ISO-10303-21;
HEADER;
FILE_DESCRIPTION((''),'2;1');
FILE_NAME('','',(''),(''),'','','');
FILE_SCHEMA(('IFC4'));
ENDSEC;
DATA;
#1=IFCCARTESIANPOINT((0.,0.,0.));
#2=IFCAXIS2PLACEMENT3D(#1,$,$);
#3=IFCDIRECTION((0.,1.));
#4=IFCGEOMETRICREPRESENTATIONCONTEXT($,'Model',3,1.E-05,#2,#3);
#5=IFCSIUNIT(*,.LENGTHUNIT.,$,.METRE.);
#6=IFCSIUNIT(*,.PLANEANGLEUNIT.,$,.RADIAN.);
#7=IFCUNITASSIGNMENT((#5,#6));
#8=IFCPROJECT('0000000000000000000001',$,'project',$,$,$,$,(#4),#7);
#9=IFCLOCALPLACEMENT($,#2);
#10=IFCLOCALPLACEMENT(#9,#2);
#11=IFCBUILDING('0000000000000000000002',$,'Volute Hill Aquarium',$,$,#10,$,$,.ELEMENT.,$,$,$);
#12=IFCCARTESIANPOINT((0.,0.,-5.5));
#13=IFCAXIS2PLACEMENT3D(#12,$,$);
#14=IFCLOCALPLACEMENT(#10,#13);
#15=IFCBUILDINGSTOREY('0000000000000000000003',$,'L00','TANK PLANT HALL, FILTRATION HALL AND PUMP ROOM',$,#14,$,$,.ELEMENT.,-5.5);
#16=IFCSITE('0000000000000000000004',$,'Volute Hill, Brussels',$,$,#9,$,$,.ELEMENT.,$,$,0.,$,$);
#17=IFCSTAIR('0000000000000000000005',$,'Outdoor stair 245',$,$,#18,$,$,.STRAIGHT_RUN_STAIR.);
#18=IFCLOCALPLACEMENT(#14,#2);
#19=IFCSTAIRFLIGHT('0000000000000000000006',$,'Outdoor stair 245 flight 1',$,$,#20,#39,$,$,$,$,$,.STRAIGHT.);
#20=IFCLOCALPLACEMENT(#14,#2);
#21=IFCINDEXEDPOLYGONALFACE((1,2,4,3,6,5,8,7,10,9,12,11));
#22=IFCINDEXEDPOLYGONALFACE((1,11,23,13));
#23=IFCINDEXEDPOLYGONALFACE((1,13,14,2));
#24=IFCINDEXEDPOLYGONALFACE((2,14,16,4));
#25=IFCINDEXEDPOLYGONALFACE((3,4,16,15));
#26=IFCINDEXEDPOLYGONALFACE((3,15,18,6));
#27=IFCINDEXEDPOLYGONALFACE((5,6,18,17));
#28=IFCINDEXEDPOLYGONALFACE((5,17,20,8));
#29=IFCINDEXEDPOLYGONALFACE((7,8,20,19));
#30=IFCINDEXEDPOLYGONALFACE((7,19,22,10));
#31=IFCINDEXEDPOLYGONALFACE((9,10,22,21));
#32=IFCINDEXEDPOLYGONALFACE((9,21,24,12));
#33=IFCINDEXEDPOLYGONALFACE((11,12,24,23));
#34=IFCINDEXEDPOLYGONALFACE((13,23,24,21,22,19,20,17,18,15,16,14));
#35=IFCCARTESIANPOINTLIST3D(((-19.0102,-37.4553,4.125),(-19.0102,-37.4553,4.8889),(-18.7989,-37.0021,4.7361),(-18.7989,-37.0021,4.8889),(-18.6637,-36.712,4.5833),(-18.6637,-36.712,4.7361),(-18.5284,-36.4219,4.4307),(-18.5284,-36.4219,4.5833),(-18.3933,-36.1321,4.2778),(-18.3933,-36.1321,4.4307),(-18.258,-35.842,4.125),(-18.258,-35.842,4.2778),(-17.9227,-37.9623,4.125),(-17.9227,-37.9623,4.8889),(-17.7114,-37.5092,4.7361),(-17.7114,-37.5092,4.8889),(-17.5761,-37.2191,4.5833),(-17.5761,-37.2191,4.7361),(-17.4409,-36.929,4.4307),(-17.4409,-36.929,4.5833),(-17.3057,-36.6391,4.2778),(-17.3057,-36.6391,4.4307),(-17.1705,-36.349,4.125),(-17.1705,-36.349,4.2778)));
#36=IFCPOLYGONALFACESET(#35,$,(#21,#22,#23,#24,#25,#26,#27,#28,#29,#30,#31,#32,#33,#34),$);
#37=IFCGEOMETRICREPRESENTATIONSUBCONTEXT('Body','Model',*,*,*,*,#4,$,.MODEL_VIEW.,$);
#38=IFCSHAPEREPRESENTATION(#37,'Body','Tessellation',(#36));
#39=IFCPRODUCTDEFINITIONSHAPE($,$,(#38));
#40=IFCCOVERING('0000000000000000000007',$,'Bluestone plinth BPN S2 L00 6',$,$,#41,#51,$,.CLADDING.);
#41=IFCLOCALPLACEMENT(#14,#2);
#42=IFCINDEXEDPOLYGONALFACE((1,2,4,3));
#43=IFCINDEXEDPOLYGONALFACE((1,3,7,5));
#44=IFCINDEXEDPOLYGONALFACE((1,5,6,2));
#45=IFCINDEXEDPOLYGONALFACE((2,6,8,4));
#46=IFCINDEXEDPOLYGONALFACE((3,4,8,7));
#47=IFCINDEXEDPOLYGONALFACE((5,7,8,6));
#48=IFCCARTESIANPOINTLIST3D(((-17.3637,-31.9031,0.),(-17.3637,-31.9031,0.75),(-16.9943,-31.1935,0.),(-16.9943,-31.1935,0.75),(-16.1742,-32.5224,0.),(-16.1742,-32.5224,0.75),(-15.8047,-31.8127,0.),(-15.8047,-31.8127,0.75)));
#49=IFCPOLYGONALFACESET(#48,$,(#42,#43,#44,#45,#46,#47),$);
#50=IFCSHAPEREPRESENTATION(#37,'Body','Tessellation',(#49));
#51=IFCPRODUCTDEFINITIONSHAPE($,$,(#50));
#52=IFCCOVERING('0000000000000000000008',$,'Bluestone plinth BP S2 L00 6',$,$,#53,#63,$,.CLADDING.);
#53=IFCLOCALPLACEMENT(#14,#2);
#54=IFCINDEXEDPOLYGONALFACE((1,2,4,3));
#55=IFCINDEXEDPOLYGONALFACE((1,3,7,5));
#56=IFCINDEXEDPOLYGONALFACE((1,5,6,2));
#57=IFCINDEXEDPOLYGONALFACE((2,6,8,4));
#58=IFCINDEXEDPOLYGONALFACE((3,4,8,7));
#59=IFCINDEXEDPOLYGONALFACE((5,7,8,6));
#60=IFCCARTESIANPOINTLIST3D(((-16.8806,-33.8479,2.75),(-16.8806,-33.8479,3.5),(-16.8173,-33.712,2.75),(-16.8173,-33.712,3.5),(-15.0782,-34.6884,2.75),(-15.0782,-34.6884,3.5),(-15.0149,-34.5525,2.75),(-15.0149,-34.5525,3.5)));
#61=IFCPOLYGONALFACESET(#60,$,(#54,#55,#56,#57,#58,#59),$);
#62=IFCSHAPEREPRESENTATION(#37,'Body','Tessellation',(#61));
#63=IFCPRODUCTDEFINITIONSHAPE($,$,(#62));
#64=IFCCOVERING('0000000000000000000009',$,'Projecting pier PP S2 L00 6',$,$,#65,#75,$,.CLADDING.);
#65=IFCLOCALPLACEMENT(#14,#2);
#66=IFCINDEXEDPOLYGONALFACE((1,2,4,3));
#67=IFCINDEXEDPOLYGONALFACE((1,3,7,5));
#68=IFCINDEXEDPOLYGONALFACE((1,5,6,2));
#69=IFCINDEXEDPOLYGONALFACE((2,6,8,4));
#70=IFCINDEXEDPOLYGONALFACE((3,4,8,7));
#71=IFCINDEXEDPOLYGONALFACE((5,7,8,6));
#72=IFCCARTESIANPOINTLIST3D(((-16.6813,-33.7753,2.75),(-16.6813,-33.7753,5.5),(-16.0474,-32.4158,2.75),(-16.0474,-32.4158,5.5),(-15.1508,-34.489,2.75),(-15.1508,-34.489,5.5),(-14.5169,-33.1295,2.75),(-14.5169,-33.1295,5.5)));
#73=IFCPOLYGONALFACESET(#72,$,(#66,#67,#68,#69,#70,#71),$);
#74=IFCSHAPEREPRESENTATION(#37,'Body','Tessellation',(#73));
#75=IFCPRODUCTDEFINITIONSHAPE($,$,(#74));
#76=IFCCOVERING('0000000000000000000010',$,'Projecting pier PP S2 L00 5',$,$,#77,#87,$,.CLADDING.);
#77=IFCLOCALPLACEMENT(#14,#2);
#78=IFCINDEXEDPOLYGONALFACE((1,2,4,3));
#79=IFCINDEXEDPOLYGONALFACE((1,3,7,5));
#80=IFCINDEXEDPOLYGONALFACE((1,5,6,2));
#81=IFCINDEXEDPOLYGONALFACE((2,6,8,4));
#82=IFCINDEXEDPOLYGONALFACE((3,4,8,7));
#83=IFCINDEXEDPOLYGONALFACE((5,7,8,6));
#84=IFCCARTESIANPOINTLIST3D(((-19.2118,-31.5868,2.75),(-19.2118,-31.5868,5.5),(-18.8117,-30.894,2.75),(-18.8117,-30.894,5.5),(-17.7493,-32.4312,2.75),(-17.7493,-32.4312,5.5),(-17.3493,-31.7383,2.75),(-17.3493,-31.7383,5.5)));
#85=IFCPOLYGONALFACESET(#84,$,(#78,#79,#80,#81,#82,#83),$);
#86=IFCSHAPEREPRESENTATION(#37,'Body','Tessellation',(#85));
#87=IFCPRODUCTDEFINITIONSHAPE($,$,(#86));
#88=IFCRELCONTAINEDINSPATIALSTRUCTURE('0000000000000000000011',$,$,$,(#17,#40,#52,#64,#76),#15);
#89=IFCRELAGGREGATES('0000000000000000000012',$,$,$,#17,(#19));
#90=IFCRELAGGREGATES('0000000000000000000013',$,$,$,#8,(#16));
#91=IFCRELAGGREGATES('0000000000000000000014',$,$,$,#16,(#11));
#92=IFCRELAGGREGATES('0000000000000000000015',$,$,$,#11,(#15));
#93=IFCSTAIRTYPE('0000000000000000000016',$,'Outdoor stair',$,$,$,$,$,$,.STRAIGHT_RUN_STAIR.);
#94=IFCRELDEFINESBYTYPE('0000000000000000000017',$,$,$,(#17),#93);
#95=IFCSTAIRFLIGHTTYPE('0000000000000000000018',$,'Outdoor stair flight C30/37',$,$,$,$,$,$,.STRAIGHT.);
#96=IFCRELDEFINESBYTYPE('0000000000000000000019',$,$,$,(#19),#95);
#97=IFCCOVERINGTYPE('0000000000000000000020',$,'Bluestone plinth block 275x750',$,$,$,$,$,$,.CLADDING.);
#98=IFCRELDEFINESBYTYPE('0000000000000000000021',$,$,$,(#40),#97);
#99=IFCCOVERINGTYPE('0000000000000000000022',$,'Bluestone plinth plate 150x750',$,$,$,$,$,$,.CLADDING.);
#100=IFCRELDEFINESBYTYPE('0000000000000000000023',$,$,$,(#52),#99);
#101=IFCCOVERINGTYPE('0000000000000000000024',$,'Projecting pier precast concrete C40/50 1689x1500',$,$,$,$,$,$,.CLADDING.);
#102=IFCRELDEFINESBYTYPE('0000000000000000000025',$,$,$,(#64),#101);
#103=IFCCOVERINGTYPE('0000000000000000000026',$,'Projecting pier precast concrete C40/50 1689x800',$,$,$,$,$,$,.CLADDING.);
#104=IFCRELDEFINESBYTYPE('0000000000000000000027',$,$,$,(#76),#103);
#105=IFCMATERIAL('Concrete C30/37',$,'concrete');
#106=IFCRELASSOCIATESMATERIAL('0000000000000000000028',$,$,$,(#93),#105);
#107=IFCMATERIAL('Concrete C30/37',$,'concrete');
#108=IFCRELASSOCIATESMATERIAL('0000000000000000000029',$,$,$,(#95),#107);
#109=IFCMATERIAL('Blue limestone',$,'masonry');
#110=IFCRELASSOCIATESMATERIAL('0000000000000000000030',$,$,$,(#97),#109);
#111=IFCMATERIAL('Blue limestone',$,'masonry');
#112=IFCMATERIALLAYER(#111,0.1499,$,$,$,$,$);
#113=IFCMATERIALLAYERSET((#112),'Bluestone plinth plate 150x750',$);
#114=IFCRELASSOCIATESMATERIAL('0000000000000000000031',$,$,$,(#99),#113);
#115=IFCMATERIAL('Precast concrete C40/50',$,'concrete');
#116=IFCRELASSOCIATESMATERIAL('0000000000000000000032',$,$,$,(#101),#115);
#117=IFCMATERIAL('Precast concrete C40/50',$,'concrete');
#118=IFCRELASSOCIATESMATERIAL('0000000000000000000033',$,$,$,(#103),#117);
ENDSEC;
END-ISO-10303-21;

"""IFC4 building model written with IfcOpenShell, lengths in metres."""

from ifc_helpers import new_model, si_unit, direction, frame, origin, origin_2d, place, context, subcontext, project, spatial, polyline, rectangle, outline, extrude, material, layer, layer_set, type_object, element, aggregate, save


model = new_model("IFC4")

# Units and contexts
model_context = context("Model", 3, precision=1e-05, world=origin(), true_north=direction((0.0, 1.0)))
body_context = subcontext(model_context, "Body", "Model", "MODEL_VIEW")
ifc_project = project(units=[si_unit("LENGTHUNIT", "METRE"), si_unit("PLANEANGLEUNIT", "RADIAN")], contexts=[model_context])

# Site, building, storey
site_placement = place(None, origin())
site = spatial("IfcSite", under=ifc_project, at=site_placement, Name="Volute Hill, Brussels", CompositionType="ELEMENT", RefElevation=0.0)
building_placement = place(site_placement, origin())
building = spatial("IfcBuilding", under=site, at=building_placement, Name="Volute Hill Aquarium", CompositionType="ELEMENT")
storey_placement = place(building_placement, frame((0.0, 0.0, -5.5)))
storey = spatial("IfcBuildingStorey", under=building, at=storey_placement, Name="L00", Description="TANK PLANT HALL, FILTRATION HALL AND PUMP ROOM", CompositionType="ELEMENT", Elevation=-5.5)

# Stair, stair flight
ifc_material_1 = material(Name="Concrete C30/37", Category="concrete")
stair_type = type_object("IfcStairType", Name="Outdoor stair", PredefinedType="STRAIGHT_RUN_STAIR", material=ifc_material_1)
stair_placement = place(storey_placement, origin())
stair = element("IfcStair", 1, at=stair_placement, inside=storey, type_object=stair_type, Name="Outdoor stair 245", PredefinedType="STRAIGHT_RUN_STAIR")
ifc_material_2 = material(Name="Concrete C30/37", Category="concrete")
stair_flight_type = type_object("IfcStairFlightType", Name="Outdoor stair flight C30/37", PredefinedType="STRAIGHT", material=ifc_material_2)
stair_flight_placement = place(storey_placement, frame((-17.7144, -36.0955, 4.125), z_axis=(0.0, 0.0, 1.0), x_axis=(-0.422578, -0.906327, 0.0)))
stair_flight = element("IfcStairFlight", 2, at=stair_flight_placement, type_object=stair_flight_type, Name="Outdoor stair 245 flight 1", PredefinedType="STRAIGHT", context=body_context, shape_type="SweptSolid", body=[
    extrude(outline(polyline([(0.0, 0.0), (1.78, 0.0), (1.78, 0.7639), (1.28, 0.7639), (1.28, 0.6111), (0.96, 0.6111), (0.96, 0.4583), (0.6399, 0.4583), (0.6399, 0.3057), (0.3201, 0.3057), (0.3201, 0.1528), (0.0, 0.1528), (0.0, 0.0), (0.0, 0.0)])), frame((0.0, 0.6001, 0.0), z_axis=(0.0, -1.0, 0.0), x_axis=(1.0, 0.0, 0.0)), (0.0, 0.0, 1.0), 1.2),
])
aggregate(stair, [stair_flight])

# Coverings
ifc_material_3 = material(Name="Blue limestone", Category="masonry")
covering_type_1 = type_object("IfcCoveringType", Name="Bluestone plinth block 275x750", PredefinedType="CLADDING", material=ifc_material_3)
covering_1_placement = place(storey_placement, frame((-16.5842, -31.8579, 0.0), z_axis=(0.0, 0.0, 1.0), x_axis=(0.88701, -0.461749, 0.0)))
element("IfcCovering", 3, at=covering_1_placement, inside=storey, type_object=covering_type_1, Name="Bluestone plinth BPN S2 L00 6", PredefinedType="CLADDING", context=body_context, shape_type="SweptSolid", body=[
    extrude(rectangle(XDim=1.3411, YDim=0.8, at=origin_2d()), origin(), (0.0, 0.0, 1.0), 0.75),
])
ifc_material_4 = material(Name="Blue limestone", Category="masonry")
ifc_layer_1 = layer(ifc_material_4, 0.1499)
ifc_layer_set_1 = layer_set([ifc_layer_1], Name="Bluestone plinth plate 150x750")
covering_type_2 = type_object("IfcCoveringType", Name="Bluestone plinth plate 150x750", PredefinedType="CLADDING", material=ifc_layer_set_1)
covering_2_placement = place(storey_placement, frame((-15.9478, -34.2002, 2.75), z_axis=(0.0, 0.0, 1.0), x_axis=(0.906308, -0.422618, 0.0)))
element("IfcCovering", 4, at=covering_2_placement, inside=storey, type_object=covering_type_2, Name="Bluestone plinth BP S2 L00 6", PredefinedType="CLADDING", context=body_context, shape_type="SweptSolid", body=[
    extrude(rectangle(XDim=1.9888, YDim=0.1499, at=origin_2d()), origin(), (0.0, 0.0, 1.0), 0.75),
])
ifc_material_5 = material(Name="Precast concrete C40/50", Category="concrete")
covering_type_3 = type_object("IfcCoveringType", Name="Projecting pier precast concrete C40/50 1689x1500", PredefinedType="CLADDING", material=ifc_material_5)
covering_3_placement = place(storey_placement, frame((-15.5991, -33.4524, 2.75), z_axis=(0.0, 0.0, 1.0), x_axis=(0.906308, -0.422618, 0.0)))
element("IfcCovering", 5, at=covering_3_placement, inside=storey, type_object=covering_type_3, Name="Projecting pier PP S2 L00 6", PredefinedType="CLADDING", context=body_context, shape_type="SweptSolid", body=[
    extrude(rectangle(XDim=1.6887, YDim=1.5, at=origin_2d()), origin(), (0.0, 0.0, 1.0), 2.75),
])
ifc_material_6 = material(Name="Precast concrete C40/50", Category="concrete")
covering_type_4 = type_object("IfcCoveringType", Name="Projecting pier precast concrete C40/50 1689x800", PredefinedType="CLADDING", material=ifc_material_6)
covering_4_placement = place(storey_placement, frame((-18.2805, -31.6626, 2.75), z_axis=(0.0, 0.0, 1.0), x_axis=(0.866025, -0.5, 0.0)))
element("IfcCovering", 6, at=covering_4_placement, inside=storey, type_object=covering_type_4, Name="Projecting pier PP S2 L00 5", PredefinedType="CLADDING", context=body_context, shape_type="SweptSolid", body=[
    extrude(rectangle(XDim=1.6887, YDim=0.8, at=origin_2d()), origin(), (0.0, 0.0, 1.0), 2.75),
])

save(model, "model.ifc")
